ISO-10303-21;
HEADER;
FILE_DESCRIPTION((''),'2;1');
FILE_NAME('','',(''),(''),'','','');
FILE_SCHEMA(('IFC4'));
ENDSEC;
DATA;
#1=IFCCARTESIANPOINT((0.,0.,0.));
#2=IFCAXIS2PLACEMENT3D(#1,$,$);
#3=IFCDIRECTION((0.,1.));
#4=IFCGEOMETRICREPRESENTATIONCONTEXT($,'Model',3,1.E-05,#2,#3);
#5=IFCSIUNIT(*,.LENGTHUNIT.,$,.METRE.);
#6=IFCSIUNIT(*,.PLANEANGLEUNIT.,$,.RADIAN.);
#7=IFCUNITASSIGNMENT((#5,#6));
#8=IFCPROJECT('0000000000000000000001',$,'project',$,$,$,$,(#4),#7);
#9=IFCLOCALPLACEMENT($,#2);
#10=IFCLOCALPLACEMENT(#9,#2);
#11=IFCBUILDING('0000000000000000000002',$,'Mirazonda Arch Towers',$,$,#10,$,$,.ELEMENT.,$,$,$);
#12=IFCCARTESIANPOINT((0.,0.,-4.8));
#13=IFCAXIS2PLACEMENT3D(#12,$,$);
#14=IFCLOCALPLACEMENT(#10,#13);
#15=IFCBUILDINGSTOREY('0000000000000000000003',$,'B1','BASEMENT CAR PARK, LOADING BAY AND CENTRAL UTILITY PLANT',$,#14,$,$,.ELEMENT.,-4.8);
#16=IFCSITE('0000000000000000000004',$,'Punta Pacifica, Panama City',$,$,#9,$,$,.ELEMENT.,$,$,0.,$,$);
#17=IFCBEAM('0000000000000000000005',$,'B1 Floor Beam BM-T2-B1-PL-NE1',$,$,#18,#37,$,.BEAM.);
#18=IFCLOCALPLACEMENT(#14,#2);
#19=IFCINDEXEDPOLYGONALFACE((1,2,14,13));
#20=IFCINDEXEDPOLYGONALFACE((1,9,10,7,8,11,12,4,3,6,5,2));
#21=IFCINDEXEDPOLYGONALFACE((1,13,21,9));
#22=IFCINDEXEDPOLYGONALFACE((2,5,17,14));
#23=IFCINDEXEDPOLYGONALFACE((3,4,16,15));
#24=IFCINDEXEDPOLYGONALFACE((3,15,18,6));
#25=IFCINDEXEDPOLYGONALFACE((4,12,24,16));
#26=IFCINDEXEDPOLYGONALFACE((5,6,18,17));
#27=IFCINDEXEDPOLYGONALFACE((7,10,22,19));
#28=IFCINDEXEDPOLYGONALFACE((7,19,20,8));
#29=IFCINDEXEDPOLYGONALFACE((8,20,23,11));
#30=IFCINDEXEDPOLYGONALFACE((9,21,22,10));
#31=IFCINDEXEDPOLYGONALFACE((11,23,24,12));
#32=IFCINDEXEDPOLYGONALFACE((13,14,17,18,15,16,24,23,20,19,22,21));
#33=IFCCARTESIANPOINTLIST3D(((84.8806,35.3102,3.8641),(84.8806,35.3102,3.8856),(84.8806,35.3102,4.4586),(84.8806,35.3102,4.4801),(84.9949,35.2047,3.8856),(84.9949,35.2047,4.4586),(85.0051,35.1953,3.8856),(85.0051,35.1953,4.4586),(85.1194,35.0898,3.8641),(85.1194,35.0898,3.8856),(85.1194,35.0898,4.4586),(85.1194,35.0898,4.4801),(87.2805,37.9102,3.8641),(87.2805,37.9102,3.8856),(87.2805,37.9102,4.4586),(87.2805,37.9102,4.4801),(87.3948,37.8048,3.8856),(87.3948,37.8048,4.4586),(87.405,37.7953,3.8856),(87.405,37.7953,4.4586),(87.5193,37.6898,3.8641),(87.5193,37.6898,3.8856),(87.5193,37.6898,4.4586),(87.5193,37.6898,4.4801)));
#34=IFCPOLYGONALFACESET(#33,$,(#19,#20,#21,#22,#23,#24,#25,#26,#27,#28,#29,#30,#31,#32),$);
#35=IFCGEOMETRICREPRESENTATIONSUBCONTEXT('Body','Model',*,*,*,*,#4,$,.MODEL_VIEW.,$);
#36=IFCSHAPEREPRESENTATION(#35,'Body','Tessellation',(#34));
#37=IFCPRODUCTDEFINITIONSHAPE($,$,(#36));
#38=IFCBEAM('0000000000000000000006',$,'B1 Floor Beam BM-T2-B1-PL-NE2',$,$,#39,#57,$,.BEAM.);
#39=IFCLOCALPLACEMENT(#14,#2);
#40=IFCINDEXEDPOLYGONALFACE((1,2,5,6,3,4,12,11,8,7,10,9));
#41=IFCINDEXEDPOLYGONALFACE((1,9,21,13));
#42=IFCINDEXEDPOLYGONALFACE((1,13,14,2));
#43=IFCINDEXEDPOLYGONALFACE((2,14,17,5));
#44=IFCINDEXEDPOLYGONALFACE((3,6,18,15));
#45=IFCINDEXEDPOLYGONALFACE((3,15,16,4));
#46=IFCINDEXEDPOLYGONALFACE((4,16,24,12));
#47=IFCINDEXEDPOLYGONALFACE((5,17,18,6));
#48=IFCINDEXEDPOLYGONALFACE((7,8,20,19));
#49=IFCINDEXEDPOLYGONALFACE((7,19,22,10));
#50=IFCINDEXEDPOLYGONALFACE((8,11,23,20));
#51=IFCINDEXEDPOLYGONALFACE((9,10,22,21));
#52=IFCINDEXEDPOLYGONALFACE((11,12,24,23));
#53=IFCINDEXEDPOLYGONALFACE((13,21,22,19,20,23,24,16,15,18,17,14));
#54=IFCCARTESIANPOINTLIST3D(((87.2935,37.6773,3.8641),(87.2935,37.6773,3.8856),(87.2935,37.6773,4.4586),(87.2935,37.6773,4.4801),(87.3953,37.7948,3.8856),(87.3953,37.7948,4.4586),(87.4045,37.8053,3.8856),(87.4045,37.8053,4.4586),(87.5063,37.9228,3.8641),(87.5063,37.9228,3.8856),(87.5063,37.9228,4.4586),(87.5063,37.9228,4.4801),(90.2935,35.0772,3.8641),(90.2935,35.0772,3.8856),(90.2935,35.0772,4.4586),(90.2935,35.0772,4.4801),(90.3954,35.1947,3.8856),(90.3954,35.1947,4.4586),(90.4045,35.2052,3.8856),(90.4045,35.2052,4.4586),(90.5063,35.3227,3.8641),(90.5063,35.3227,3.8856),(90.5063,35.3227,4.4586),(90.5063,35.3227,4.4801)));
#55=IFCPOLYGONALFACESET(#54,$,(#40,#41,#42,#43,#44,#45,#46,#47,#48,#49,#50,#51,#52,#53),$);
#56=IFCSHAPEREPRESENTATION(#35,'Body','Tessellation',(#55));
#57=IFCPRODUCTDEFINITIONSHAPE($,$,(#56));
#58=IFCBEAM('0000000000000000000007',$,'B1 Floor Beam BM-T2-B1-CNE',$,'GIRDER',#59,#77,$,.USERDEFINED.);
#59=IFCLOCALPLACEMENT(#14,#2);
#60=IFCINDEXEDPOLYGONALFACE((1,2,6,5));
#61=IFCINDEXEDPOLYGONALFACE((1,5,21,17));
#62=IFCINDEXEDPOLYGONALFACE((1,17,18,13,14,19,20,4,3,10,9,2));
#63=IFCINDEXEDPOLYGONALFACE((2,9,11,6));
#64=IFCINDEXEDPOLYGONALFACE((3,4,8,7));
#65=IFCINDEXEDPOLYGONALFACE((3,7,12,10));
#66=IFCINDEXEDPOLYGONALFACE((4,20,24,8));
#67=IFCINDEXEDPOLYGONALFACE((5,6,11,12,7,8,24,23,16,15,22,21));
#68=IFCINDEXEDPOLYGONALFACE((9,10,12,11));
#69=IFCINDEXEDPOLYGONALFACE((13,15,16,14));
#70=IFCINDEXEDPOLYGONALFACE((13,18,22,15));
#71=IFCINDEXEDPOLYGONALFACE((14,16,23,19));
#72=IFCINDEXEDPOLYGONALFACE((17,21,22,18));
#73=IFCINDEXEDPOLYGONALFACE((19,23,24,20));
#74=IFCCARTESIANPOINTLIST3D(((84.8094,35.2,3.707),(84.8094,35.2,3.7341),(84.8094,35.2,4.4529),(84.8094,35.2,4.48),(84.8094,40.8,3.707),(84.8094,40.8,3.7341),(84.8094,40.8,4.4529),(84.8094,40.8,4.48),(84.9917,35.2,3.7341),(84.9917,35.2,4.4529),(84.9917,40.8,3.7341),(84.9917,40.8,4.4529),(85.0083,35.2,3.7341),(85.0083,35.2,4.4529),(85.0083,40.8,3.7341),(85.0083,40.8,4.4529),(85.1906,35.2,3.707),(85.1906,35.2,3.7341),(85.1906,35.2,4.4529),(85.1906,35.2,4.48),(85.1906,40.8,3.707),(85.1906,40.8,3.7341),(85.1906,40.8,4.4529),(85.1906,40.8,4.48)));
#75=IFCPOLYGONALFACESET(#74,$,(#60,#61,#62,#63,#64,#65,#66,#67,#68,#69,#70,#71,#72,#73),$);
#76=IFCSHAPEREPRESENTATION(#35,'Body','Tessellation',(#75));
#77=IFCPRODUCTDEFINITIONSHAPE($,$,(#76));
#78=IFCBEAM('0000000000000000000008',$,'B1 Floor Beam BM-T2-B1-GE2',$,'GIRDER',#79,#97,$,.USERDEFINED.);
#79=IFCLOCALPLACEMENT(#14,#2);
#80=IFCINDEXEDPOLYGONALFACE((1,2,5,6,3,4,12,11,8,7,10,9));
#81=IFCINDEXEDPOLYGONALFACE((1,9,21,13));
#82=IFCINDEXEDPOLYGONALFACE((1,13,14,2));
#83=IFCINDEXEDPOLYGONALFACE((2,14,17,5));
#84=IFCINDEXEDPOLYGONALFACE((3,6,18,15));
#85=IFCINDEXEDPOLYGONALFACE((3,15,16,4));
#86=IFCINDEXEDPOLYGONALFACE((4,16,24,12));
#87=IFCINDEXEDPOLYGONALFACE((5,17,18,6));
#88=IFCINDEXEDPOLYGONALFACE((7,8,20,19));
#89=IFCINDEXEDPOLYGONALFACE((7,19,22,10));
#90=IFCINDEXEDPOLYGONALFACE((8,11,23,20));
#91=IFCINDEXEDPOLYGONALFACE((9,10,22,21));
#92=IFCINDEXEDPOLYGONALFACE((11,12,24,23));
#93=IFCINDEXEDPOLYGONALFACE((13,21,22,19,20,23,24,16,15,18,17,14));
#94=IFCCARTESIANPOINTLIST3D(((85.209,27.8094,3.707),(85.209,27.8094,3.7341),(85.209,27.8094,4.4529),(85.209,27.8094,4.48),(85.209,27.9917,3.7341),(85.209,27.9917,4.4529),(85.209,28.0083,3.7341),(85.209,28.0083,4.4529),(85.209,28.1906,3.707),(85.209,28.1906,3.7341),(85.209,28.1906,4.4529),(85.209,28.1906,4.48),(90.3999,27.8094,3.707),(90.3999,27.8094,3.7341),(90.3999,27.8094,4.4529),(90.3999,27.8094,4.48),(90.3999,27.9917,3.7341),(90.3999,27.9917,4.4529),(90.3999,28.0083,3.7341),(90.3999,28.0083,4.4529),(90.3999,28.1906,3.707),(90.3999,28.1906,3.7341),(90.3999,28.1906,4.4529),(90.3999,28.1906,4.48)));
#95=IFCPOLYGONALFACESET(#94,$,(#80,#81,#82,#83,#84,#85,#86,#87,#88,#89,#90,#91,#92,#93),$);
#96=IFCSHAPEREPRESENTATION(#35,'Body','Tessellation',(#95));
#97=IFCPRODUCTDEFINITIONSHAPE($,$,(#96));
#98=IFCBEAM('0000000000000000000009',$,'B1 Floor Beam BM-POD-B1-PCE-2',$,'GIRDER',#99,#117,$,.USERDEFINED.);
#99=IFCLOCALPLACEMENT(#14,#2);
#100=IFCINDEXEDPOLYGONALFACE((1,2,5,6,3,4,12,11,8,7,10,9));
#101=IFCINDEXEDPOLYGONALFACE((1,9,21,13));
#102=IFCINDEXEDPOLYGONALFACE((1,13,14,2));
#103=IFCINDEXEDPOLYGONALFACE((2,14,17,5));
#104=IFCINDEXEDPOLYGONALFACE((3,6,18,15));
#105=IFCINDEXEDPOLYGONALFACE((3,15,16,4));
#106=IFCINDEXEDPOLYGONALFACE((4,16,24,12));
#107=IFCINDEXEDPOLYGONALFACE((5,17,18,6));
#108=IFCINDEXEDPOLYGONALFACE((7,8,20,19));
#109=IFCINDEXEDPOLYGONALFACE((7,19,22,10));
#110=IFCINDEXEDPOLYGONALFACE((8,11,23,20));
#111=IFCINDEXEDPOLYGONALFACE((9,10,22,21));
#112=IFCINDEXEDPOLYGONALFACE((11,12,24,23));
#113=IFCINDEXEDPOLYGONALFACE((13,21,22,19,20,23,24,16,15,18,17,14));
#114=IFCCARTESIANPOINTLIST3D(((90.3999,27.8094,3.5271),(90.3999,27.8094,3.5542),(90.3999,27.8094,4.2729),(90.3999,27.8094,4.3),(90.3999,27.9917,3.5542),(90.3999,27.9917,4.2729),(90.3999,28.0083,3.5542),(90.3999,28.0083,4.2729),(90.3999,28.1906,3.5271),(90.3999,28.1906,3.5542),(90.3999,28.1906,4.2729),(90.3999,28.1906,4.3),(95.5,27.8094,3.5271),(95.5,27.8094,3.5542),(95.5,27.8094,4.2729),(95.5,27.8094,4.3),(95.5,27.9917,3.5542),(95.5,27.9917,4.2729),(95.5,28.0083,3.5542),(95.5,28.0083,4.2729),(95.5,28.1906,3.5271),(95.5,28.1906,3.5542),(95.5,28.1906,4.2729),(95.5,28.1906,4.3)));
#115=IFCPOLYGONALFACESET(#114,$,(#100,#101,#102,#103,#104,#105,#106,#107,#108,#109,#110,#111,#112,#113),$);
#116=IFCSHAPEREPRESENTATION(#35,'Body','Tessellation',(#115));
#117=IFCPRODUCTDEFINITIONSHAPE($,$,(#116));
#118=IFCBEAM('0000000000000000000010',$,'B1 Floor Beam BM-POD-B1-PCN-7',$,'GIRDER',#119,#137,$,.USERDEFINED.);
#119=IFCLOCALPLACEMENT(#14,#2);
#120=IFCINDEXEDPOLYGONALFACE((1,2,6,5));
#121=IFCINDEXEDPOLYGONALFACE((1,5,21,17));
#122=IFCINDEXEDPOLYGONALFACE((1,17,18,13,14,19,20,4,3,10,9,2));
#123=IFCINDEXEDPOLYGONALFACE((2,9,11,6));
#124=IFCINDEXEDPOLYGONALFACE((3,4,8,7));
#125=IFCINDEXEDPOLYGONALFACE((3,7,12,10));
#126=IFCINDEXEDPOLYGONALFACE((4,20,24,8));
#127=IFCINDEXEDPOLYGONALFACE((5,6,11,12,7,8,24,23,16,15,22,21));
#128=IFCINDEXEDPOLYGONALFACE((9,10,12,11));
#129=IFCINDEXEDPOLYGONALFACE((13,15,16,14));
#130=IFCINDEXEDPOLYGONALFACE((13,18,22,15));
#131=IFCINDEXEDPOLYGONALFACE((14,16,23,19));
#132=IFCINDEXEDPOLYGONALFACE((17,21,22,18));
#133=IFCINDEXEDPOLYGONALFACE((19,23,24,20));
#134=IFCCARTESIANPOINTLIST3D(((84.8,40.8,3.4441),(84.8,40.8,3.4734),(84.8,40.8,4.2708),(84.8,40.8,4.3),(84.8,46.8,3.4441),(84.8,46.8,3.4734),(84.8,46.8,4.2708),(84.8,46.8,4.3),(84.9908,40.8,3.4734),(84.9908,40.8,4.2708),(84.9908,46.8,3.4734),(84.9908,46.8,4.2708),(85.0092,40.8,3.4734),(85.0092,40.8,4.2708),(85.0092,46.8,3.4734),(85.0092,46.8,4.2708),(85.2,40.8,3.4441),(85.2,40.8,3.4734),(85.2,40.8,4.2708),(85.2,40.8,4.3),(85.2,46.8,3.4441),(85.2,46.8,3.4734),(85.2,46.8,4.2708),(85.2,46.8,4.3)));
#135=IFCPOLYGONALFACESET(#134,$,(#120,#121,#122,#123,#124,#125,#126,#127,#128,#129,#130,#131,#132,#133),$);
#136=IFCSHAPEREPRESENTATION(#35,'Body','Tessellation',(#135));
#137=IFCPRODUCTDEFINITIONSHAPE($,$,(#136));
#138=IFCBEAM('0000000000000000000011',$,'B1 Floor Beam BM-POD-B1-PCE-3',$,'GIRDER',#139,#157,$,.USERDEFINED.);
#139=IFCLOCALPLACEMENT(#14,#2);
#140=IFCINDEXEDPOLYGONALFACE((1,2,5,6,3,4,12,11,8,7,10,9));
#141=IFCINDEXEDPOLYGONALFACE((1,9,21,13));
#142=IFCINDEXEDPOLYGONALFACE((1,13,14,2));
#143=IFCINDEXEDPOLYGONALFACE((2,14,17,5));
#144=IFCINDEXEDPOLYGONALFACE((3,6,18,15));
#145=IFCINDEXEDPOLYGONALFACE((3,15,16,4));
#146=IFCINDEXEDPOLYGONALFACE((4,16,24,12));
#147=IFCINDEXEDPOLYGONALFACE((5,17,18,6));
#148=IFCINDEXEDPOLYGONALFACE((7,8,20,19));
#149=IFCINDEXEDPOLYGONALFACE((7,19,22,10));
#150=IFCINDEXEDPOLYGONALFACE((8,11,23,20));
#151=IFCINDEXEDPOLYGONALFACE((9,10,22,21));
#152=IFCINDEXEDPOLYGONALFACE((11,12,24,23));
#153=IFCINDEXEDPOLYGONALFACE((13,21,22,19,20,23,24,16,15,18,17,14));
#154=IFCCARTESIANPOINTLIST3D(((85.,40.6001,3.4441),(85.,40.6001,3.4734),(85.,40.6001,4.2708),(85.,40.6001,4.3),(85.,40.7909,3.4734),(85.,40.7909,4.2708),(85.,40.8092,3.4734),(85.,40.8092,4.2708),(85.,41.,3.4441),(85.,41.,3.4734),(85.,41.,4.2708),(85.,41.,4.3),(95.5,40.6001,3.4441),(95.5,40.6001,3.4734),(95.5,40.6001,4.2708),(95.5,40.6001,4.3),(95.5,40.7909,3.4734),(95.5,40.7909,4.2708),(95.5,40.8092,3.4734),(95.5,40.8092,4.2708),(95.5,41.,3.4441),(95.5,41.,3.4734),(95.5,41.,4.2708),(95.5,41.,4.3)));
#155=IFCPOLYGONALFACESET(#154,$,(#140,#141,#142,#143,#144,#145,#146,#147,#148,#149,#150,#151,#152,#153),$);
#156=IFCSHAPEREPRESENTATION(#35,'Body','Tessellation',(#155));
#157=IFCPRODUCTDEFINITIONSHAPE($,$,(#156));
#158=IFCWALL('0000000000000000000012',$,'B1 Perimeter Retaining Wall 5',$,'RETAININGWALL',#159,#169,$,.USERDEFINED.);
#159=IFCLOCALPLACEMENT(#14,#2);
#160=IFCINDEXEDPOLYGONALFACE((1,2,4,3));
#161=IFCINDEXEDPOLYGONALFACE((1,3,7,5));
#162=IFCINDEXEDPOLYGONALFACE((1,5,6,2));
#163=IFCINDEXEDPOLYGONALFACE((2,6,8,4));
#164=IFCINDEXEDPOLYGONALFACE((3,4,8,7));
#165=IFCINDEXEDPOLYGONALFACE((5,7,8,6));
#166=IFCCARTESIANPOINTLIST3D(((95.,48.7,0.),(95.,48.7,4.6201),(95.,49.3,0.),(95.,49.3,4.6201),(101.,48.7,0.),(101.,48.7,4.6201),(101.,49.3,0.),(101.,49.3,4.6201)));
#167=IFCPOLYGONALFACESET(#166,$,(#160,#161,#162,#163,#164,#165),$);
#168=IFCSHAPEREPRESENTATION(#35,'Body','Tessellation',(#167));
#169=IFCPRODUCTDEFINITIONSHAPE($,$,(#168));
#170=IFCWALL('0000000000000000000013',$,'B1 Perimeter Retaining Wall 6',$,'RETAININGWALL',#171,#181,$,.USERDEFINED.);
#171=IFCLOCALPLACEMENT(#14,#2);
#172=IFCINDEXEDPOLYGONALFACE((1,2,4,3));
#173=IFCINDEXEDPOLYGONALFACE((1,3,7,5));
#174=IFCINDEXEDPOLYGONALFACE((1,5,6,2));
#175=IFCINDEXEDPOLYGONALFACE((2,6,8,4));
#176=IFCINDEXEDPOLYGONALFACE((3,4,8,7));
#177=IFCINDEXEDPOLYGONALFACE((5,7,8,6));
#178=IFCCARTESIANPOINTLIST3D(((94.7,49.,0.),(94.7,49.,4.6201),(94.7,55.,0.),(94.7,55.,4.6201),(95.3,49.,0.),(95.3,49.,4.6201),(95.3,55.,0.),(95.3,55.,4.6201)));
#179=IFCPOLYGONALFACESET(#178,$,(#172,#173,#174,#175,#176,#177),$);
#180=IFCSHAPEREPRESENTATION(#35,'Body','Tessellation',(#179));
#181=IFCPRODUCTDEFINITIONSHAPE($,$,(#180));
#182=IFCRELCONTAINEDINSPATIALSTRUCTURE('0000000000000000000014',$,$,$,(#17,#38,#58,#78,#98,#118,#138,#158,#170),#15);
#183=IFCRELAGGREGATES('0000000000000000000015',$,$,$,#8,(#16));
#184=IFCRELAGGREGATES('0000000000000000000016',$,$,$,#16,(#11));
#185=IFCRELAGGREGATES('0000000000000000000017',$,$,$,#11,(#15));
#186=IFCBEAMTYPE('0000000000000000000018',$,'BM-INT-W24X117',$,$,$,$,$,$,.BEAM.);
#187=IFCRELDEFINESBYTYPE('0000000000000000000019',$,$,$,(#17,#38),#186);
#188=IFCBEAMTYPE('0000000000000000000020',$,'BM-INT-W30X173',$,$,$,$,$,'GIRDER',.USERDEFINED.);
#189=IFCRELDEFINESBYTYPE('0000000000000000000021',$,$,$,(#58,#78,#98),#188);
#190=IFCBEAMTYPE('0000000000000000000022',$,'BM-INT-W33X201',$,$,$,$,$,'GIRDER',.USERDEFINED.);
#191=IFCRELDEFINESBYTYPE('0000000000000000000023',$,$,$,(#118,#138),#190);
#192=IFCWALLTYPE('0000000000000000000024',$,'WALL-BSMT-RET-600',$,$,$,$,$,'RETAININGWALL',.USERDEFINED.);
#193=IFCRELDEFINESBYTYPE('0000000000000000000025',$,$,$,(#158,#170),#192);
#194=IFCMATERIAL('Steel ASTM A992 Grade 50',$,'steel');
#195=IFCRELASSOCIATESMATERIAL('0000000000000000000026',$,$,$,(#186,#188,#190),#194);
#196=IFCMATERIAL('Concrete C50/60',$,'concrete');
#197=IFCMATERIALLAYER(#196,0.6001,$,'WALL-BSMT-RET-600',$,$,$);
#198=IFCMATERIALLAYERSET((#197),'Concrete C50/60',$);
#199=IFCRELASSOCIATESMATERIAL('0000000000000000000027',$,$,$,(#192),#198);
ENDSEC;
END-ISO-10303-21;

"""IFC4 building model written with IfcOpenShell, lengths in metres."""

from ifc_helpers import new_model, si_unit, direction, frame, frame_2d, origin, origin_2d, place, context, subcontext, project, spatial, rectangle, i_section, extrude, material, layer, layer_set, material_profile, profile_set, type_object, element, save


model = new_model("IFC4")

# Units and contexts
model_context = context("Model", 3, precision=1e-05, world=origin(), true_north=direction((0.0, 1.0)))
body_context = subcontext(model_context, "Body", "Model", "MODEL_VIEW")
ifc_project = project(units=[si_unit("LENGTHUNIT", "METRE"), si_unit("PLANEANGLEUNIT", "RADIAN")], contexts=[model_context])

# Site, building, storey
site_placement = place(None, origin())
site = spatial("IfcSite", under=ifc_project, at=site_placement, Name="Punta Pacifica, Panama City", CompositionType="ELEMENT", RefElevation=0.0)
building_placement = place(site_placement, origin())
building = spatial("IfcBuilding", under=site, at=building_placement, Name="Mirazonda Arch Towers", CompositionType="ELEMENT")
storey_placement = place(building_placement, frame((0.0, 0.0, -4.8)))
storey = spatial("IfcBuildingStorey", under=building, at=storey_placement, Name="B1", Description="BASEMENT CAR PARK, LOADING BAY AND CENTRAL UTILITY PLANT", CompositionType="ELEMENT", Elevation=-4.8)

# Shared definitions
ifc_material_1 = material(Name="Concrete C50/60", Category="concrete")

# Beams
ifc_material_2 = material(Name="Steel ASTM A992 Grade 50", Category="steel")
ifc_material_profile_1 = material_profile(ifc_material_2, i_section(OverallWidth=0.325, OverallDepth=0.616, WebThickness=0.0139, FlangeThickness=0.0215, at=origin_2d()), Name="W24X117")
ifc_profile_set_1 = profile_set([ifc_material_profile_1], Name="Steel ASTM A992 Grade 50")
beam_type_1 = type_object("IfcBeamType", Name="BM-INT-W24X117", PredefinedType="BEAM", material=ifc_profile_set_1)
beam_1_placement = place(storey_placement, frame((87.3999, 37.8, 4.1721), z_axis=(-0.678251, -0.73483, 0.0), x_axis=(0.73483, -0.678251, 0.0)))
element("IfcBeam", 1, at=beam_1_placement, inside=storey, type_object=beam_type_1, Name="B1 Floor Beam BM-T2-B1-PL-NE1", PredefinedType="BEAM", context=body_context, shape_type="SweptSolid", body=[
    extrude(i_section(OverallWidth=0.325, OverallDepth=0.616, WebThickness=0.0139, FlangeThickness=0.0215, at=origin_2d()), origin(), (0.0, 0.0, 1.0), 3.5383),
])
beam_2_placement = place(storey_placement, frame((87.3999, 37.8, 4.1721), z_axis=(0.755677, -0.654945, 0.0), x_axis=(0.654945, 0.755677, 0.0)))
element("IfcBeam", 2, at=beam_2_placement, inside=storey, type_object=beam_type_1, Name="B1 Floor Beam BM-T2-B1-PL-NE2", PredefinedType="BEAM", context=body_context, shape_type="SweptSolid", body=[
    extrude(i_section(OverallWidth=0.325, OverallDepth=0.616, WebThickness=0.0139, FlangeThickness=0.0215, at=origin_2d()), origin(), (0.0, 0.0, 1.0), 3.97),
])
ifc_material_profile_2 = material_profile(ifc_material_2, i_section(OverallWidth=0.3811, OverallDepth=0.7729, WebThickness=0.0166, FlangeThickness=0.0271, at=origin_2d()), Name="W30X173")
ifc_profile_set_2 = profile_set([ifc_material_profile_2], Name="Steel ASTM A992 Grade 50")
beam_type_2 = type_object("IfcBeamType", Name="BM-INT-W30X173", ElementType="GIRDER", PredefinedType="USERDEFINED", material=ifc_profile_set_2)
beam_3_placement = place(storey_placement, frame((85.0, 35.2, 4.0935), z_axis=(0.0, 1.0, 0.0), x_axis=(-1.0, 0.0, 0.0)))
element("IfcBeam", 3, at=beam_3_placement, inside=storey, type_object=beam_type_2, Name="B1 Floor Beam BM-T2-B1-CNE", ObjectType="GIRDER", PredefinedType="USERDEFINED", context=body_context, shape_type="SweptSolid", body=[
    extrude(i_section(OverallWidth=0.3811, OverallDepth=0.7729, WebThickness=0.0166, FlangeThickness=0.0271, at=origin_2d()), origin(), (0.0, 0.0, 1.0), 5.6001),
])
beam_4_placement = place(storey_placement, frame((85.209, 28.0, 4.0935), z_axis=(1.0, 0.0, 0.0), x_axis=(0.0, 1.0, 0.0)))
element("IfcBeam", 4, at=beam_4_placement, inside=storey, type_object=beam_type_2, Name="B1 Floor Beam BM-T2-B1-GE2", ObjectType="GIRDER", PredefinedType="USERDEFINED", context=body_context, shape_type="SweptSolid", body=[
    extrude(i_section(OverallWidth=0.3811, OverallDepth=0.7729, WebThickness=0.0166, FlangeThickness=0.0271, at=origin_2d()), origin(), (0.0, 0.0, 1.0), 5.1909),
])
beam_5_placement = place(storey_placement, frame((90.3999, 28.0, 3.9136), z_axis=(1.0, 0.0, 0.0), x_axis=(0.0, 1.0, 0.0)))
element("IfcBeam", 5, at=beam_5_placement, inside=storey, type_object=beam_type_2, Name="B1 Floor Beam BM-POD-B1-PCE-2", ObjectType="GIRDER", PredefinedType="USERDEFINED", context=body_context, shape_type="SweptSolid", body=[
    extrude(i_section(OverallWidth=0.3811, OverallDepth=0.7729, WebThickness=0.0166, FlangeThickness=0.0271, at=origin_2d()), origin(), (0.0, 0.0, 1.0), 5.1001),
])
ifc_material_profile_3 = material_profile(ifc_material_2, i_section(OverallWidth=0.3999, OverallDepth=0.856, WebThickness=0.0183, FlangeThickness=0.0293, at=origin_2d()), Name="W33X201")
ifc_profile_set_3 = profile_set([ifc_material_profile_3], Name="Steel ASTM A992 Grade 50")
beam_type_3 = type_object("IfcBeamType", Name="BM-INT-W33X201", ElementType="GIRDER", PredefinedType="USERDEFINED", material=ifc_profile_set_3)
beam_6_placement = place(storey_placement, frame((85.0, 40.8, 3.8721), z_axis=(0.0, 1.0, 0.0), x_axis=(-1.0, 0.0, 0.0)))
element("IfcBeam", 6, at=beam_6_placement, inside=storey, type_object=beam_type_3, Name="B1 Floor Beam BM-POD-B1-PCN-7", ObjectType="GIRDER", PredefinedType="USERDEFINED", context=body_context, shape_type="SweptSolid", body=[
    extrude(i_section(OverallWidth=0.3999, OverallDepth=0.856, WebThickness=0.0183, FlangeThickness=0.0293, at=origin_2d()), origin(), (0.0, 0.0, 1.0), 6.0),
])
beam_7_placement = place(storey_placement, frame((85.0, 40.8, 3.8721), z_axis=(1.0, 0.0, 0.0), x_axis=(0.0, 1.0, 0.0)))
element("IfcBeam", 7, at=beam_7_placement, inside=storey, type_object=beam_type_3, Name="B1 Floor Beam BM-POD-B1-PCE-3", ObjectType="GIRDER", PredefinedType="USERDEFINED", context=body_context, shape_type="SweptSolid", body=[
    extrude(i_section(OverallWidth=0.3999, OverallDepth=0.856, WebThickness=0.0183, FlangeThickness=0.0293, at=origin_2d()), origin(), (0.0, 0.0, 1.0), 10.5),
])

# Walls
ifc_layer_1 = layer(ifc_material_1, 0.6001, Name="WALL-BSMT-RET-600")
ifc_layer_set_1 = layer_set([ifc_layer_1], Name="Concrete C50/60")
wall_type_1 = type_object("IfcWallType", Name="WALL-BSMT-RET-600", ElementType="RETAININGWALL", PredefinedType="USERDEFINED", material=ifc_layer_set_1)
for number, where, z_axis, x_axis, name in (
    (8, (101.0, 49.0, 0.0), (0.0, 0.0, 1.0), (-1.0, 0.0, 0.0), "B1 Perimeter Retaining Wall 5"),
    (9, (95.0, 49.0, 0.0), (0.0, 0.0, 1.0), (0.0, 1.0, 0.0), "B1 Perimeter Retaining Wall 6"),
):
    element("IfcWall", number, at=place(storey_placement, frame(where, z_axis=z_axis, x_axis=x_axis)), inside=storey, type_object=wall_type_1, Name=name, ObjectType="RETAININGWALL", PredefinedType="USERDEFINED", context=body_context, shape_type="SweptSolid", body=[
        extrude(rectangle(XDim=6.0, YDim=0.6001, at=frame_2d((3.0, 0.0))), origin(), (0.0, 0.0, 1.0), 4.6201),
    ])

save(model, "model.ifc")
